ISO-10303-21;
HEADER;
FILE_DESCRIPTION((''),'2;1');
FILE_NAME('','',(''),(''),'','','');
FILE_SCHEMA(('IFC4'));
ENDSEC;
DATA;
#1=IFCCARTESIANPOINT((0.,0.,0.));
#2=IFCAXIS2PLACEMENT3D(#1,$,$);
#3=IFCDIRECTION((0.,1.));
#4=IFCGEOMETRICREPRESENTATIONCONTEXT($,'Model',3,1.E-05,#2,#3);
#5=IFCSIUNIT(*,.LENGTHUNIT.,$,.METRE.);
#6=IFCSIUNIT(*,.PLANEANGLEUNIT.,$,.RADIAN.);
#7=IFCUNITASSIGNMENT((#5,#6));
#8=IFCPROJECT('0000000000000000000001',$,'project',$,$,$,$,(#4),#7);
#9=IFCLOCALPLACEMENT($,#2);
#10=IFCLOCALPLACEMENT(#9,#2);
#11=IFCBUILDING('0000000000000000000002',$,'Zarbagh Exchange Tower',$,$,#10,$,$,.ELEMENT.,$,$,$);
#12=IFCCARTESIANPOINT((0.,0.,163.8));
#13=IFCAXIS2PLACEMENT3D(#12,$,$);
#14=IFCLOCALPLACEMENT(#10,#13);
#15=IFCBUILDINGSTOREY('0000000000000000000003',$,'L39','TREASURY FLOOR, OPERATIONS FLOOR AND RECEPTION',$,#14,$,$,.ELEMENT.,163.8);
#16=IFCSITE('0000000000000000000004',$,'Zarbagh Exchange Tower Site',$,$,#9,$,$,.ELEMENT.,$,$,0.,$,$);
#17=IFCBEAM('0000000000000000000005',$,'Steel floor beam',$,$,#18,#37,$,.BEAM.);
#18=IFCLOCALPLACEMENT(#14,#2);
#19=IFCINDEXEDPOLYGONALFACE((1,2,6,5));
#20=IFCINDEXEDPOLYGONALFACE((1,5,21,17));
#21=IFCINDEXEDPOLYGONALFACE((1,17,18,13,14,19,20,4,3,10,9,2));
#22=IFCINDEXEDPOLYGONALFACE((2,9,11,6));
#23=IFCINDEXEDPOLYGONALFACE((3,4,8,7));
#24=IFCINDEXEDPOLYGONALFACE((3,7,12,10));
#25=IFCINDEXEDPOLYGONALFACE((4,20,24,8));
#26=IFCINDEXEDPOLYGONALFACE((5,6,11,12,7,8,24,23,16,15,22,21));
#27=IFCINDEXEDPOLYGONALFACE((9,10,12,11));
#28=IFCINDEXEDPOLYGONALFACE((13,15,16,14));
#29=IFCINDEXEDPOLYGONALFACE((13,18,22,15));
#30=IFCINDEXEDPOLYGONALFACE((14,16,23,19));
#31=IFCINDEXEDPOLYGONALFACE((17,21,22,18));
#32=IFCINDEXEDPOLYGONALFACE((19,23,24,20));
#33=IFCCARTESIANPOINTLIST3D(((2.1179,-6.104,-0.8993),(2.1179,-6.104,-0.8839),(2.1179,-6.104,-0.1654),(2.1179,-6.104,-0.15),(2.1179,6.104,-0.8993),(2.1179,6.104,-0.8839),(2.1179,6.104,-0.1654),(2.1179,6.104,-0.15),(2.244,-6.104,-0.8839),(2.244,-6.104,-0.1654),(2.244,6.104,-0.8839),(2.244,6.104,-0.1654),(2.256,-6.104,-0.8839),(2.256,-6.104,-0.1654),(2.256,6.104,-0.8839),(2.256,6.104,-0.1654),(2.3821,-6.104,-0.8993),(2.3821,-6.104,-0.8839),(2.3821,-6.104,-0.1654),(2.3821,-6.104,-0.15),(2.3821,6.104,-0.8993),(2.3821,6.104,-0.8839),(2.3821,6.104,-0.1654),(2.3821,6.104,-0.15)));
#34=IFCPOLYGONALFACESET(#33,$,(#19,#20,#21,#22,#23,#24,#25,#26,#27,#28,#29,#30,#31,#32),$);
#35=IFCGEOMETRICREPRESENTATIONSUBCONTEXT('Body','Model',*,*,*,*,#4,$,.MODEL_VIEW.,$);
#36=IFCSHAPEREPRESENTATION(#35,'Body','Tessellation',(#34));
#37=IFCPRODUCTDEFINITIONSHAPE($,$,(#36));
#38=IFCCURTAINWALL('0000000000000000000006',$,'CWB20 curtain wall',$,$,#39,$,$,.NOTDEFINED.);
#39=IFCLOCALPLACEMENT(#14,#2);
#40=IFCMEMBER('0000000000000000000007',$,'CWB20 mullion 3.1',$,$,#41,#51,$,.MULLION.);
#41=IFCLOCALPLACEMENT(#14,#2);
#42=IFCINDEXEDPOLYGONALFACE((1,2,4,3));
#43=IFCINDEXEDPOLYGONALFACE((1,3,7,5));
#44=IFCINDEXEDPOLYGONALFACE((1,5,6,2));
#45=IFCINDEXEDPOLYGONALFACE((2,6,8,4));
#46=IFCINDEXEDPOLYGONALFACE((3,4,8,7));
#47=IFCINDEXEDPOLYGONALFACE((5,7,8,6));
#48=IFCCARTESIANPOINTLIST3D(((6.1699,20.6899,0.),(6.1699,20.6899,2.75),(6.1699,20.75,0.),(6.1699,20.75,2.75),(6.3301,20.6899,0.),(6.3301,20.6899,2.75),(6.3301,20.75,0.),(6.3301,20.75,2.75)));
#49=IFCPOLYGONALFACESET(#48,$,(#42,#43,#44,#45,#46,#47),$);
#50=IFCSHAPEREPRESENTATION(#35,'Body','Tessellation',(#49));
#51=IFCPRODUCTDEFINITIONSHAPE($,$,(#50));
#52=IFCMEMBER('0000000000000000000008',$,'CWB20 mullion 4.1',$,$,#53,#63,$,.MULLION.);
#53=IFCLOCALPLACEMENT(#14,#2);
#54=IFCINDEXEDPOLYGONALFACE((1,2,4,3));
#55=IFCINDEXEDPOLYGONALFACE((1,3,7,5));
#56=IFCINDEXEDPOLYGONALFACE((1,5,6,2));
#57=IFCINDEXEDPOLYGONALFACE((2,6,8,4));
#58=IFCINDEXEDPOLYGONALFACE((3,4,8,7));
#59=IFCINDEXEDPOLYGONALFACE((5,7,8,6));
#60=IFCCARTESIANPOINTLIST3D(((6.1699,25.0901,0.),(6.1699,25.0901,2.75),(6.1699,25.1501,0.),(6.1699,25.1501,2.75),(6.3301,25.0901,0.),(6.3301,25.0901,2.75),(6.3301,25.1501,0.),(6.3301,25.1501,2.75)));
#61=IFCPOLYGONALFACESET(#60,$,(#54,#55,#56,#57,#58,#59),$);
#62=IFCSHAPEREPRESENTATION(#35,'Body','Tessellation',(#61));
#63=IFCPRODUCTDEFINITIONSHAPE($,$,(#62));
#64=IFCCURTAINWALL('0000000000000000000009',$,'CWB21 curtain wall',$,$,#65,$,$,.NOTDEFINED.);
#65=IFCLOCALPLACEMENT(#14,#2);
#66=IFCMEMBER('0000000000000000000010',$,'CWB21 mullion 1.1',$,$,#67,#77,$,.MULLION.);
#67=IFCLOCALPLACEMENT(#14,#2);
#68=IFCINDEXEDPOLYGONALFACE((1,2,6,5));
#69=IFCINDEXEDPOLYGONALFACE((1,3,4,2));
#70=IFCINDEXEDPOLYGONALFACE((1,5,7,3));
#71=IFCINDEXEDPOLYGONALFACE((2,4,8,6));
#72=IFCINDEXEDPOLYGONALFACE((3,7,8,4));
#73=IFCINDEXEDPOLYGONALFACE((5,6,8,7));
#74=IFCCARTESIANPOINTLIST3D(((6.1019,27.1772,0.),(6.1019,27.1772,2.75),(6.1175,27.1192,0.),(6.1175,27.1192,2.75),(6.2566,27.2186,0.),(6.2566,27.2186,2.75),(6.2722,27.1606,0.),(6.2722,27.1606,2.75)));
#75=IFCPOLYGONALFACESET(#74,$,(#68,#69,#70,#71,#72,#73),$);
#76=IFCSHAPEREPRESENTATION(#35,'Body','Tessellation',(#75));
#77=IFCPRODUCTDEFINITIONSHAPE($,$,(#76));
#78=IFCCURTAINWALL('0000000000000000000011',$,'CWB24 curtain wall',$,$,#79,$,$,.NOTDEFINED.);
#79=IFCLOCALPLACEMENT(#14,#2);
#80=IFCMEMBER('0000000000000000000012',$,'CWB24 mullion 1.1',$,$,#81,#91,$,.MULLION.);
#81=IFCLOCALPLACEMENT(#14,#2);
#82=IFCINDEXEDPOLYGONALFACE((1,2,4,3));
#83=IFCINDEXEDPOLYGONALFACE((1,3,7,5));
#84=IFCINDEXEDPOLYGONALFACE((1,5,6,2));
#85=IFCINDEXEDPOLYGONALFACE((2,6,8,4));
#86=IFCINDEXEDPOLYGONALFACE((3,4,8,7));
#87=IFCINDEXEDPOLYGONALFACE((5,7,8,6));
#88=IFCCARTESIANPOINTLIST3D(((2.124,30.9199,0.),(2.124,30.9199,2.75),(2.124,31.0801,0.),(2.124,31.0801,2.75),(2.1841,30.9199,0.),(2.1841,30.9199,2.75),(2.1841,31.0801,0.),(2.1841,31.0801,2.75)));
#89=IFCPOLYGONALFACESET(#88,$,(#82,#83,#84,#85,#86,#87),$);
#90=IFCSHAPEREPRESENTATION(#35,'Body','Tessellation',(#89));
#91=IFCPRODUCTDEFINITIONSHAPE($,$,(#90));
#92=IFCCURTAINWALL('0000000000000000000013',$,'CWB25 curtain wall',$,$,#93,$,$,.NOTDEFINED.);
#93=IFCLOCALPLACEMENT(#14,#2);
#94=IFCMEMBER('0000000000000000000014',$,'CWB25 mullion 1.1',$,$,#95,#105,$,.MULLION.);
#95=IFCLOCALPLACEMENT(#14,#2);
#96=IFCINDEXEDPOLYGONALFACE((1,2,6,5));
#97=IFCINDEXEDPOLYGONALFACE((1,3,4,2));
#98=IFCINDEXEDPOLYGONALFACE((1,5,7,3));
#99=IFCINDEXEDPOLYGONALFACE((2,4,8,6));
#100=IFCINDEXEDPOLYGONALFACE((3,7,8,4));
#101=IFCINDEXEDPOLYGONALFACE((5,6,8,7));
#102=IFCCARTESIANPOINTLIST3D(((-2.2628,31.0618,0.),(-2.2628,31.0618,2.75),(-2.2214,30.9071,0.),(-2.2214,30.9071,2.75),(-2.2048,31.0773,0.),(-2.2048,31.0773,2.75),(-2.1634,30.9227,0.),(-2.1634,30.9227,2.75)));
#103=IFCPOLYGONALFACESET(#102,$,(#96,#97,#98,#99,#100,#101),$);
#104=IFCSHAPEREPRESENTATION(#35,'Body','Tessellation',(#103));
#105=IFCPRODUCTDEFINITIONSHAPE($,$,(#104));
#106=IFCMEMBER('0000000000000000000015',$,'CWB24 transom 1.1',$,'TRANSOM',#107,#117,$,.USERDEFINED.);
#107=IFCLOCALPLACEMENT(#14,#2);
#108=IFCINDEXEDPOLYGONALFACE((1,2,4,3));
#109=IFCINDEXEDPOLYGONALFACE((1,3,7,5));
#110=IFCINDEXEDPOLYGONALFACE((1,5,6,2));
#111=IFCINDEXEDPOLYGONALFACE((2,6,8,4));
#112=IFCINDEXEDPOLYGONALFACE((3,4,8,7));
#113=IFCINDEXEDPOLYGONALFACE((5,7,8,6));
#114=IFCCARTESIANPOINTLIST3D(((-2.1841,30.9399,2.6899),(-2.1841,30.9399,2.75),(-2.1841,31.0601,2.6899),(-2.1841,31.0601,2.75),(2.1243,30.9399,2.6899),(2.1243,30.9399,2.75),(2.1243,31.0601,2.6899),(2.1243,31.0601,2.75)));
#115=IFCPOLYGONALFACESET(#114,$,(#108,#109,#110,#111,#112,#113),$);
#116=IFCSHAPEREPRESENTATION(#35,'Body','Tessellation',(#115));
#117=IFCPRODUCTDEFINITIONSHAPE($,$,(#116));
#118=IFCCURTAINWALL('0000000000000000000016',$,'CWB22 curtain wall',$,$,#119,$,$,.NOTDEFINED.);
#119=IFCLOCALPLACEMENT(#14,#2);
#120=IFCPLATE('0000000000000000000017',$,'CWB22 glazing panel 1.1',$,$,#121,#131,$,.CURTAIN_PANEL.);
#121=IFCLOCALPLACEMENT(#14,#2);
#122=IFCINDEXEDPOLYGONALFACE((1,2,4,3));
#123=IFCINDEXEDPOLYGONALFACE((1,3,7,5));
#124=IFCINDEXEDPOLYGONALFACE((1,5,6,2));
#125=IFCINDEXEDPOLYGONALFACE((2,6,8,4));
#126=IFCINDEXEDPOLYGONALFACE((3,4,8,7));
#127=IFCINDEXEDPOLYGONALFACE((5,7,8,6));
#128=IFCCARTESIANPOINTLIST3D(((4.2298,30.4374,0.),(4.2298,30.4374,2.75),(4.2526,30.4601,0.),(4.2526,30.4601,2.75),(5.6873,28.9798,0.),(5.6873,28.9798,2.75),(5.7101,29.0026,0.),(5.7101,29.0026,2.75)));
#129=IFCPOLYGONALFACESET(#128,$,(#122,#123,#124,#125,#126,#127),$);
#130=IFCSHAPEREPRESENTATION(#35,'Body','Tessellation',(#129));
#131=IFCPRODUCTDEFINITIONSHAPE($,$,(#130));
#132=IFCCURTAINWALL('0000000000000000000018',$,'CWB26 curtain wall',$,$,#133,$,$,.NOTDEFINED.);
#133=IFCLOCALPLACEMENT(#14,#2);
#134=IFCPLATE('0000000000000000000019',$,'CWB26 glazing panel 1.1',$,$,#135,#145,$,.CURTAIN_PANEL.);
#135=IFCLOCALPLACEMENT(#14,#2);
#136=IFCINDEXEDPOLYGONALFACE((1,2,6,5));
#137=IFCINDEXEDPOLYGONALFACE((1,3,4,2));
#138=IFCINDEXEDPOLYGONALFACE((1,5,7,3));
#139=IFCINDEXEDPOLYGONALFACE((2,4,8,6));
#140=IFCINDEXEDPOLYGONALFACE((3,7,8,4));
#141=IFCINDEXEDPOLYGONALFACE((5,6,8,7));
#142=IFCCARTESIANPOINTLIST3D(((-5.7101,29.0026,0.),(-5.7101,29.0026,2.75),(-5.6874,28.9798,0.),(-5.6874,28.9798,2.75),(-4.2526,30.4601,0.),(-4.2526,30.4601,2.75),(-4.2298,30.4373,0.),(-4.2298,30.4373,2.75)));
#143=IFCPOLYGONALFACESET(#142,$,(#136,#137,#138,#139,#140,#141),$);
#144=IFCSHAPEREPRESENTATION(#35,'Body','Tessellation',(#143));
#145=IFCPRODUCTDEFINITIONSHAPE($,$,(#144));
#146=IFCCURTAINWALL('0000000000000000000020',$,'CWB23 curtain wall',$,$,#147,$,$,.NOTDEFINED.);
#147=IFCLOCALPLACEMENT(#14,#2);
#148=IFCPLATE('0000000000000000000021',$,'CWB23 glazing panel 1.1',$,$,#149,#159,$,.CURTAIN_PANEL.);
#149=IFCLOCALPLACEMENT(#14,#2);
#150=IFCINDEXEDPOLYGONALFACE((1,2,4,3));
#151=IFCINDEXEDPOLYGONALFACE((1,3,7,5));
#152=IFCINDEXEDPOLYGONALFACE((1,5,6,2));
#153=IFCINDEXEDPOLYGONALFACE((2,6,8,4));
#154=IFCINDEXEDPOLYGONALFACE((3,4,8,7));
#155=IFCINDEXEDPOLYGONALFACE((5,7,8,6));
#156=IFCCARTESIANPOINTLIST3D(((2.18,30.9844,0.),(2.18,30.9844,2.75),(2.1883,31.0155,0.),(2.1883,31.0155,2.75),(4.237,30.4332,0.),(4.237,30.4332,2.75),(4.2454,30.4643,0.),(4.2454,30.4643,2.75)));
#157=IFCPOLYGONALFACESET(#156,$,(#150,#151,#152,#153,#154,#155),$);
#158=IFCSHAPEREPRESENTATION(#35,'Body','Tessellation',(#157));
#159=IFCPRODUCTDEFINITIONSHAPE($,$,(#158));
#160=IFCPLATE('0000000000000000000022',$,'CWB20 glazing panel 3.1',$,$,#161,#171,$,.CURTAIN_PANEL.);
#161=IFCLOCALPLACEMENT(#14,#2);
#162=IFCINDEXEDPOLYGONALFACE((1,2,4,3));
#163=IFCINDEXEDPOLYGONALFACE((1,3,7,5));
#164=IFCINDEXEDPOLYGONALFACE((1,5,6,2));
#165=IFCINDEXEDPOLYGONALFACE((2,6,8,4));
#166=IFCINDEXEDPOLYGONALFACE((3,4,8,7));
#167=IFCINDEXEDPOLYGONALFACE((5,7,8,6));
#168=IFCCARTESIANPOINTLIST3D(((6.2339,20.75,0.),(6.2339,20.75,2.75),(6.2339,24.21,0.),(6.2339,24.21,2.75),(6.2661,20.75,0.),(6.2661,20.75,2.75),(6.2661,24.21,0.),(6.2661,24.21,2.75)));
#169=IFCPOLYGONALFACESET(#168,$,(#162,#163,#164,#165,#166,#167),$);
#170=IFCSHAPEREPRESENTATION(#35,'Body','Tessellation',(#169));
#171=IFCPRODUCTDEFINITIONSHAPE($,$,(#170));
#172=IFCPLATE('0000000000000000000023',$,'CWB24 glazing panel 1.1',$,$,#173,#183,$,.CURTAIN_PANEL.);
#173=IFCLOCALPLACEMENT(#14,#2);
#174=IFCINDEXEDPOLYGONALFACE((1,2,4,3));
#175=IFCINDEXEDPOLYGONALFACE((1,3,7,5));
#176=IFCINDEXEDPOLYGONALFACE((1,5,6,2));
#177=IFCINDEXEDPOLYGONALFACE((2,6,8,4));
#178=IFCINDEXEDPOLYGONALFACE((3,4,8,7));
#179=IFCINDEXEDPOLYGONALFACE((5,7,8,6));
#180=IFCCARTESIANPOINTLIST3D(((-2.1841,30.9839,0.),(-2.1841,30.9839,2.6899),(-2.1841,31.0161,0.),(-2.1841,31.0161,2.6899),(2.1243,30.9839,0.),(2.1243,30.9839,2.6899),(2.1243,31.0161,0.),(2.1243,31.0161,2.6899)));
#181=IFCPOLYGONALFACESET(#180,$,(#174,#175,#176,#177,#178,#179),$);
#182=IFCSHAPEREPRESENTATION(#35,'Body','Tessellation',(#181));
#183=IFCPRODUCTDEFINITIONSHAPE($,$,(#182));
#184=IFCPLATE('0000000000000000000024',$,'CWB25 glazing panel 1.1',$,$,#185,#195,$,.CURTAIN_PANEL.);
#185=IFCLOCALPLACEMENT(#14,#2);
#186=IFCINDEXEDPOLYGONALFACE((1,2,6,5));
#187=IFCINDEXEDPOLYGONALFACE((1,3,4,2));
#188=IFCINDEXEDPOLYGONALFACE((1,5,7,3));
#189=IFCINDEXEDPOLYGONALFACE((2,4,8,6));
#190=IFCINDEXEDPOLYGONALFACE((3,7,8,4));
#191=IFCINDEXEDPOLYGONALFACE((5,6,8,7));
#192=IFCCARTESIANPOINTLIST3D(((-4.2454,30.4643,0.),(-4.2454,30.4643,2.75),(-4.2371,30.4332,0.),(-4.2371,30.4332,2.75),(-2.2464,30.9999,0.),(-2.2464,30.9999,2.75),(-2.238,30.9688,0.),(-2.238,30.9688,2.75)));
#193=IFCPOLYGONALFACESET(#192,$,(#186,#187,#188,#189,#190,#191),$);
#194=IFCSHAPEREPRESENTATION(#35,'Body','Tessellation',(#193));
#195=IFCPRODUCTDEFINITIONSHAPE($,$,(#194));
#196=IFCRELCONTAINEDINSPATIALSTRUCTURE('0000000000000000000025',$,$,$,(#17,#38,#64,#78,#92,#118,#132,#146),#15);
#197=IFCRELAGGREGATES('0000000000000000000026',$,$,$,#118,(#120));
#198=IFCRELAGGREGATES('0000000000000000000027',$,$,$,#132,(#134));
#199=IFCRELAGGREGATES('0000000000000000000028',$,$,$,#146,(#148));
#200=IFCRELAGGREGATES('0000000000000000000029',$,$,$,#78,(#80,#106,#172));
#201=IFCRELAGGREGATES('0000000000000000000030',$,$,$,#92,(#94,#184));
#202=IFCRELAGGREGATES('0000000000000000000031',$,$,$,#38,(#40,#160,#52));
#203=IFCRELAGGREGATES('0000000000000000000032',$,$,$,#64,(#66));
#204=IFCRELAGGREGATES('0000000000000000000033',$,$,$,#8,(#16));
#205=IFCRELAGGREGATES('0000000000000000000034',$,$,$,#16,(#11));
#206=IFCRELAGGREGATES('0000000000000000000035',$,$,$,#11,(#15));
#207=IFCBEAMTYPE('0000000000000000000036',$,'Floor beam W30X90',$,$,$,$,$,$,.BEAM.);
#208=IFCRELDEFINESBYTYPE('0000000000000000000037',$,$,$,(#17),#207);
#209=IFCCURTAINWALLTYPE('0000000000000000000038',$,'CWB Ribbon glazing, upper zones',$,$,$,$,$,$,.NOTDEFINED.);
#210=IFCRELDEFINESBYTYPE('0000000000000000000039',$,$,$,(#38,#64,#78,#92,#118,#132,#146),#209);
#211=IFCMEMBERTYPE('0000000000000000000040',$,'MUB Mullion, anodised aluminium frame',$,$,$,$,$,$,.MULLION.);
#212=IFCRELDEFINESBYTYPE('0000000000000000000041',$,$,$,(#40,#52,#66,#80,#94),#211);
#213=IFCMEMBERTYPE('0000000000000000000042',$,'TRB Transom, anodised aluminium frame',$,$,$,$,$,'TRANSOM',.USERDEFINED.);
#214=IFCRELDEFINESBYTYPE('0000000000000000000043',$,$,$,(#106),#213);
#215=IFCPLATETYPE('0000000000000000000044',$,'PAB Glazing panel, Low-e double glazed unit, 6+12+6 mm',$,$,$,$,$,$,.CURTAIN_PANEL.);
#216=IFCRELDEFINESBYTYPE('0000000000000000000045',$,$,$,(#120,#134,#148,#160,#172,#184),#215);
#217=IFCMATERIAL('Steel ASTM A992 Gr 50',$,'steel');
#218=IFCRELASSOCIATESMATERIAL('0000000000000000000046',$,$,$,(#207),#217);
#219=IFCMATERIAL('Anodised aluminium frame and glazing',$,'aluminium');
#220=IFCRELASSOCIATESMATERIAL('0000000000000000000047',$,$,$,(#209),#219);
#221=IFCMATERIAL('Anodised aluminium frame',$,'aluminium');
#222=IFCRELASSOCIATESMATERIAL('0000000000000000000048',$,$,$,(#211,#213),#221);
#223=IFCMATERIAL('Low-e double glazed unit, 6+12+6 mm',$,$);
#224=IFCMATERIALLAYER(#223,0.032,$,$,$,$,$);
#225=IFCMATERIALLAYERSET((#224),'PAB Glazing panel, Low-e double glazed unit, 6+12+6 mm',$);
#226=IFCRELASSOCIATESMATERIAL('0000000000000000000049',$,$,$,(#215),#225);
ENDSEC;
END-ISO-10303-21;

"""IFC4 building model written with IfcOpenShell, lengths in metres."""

from ifc_helpers import new_model, si_unit, direction, frame, origin, origin_2d, place, context, subcontext, project, spatial, polyline, i_section, outline, extrude, source, transform, mapped, material, layer, layer_set, material_profile, profile_set, type_object, element, aggregate, save


model = new_model("IFC4")

# Units and contexts
model_context = context("Model", 3, precision=1e-05, world=origin(), true_north=direction((0.0, 1.0)))
body_context = subcontext(model_context, "Body", "Model", "MODEL_VIEW")
ifc_project = project(units=[si_unit("LENGTHUNIT", "METRE"), si_unit("PLANEANGLEUNIT", "RADIAN")], contexts=[model_context])

# Site, building, storey
site_placement = place(None, origin())
site = spatial("IfcSite", under=ifc_project, at=site_placement, Name="Zarbagh Exchange Tower Site", CompositionType="ELEMENT", RefElevation=0.0)
building_placement = place(site_placement, origin())
building = spatial("IfcBuilding", under=site, at=building_placement, Name="Zarbagh Exchange Tower", CompositionType="ELEMENT")
storey_placement = place(building_placement, frame((0.0, 0.0, 163.8)))
storey = spatial("IfcBuildingStorey", under=building, at=storey_placement, Name="L39", Description="TREASURY FLOOR, OPERATIONS FLOOR AND RECEPTION", CompositionType="ELEMENT", Elevation=163.8)

# Beam
ifc_material_1 = material(Name="Steel ASTM A992 Gr 50", Category="steel")
ifc_material_profile = material_profile(ifc_material_1, i_section(OverallWidth=0.2642, OverallDepth=0.7493, WebThickness=0.012, FlangeThickness=0.0154, at=origin_2d()), Name="W30X90")
ifc_profile_set = profile_set([ifc_material_profile], Name="Steel ASTM A992 Gr 50")
beam_type = type_object("IfcBeamType", Name="Floor beam W30X90", PredefinedType="BEAM", material=ifc_profile_set)
beam_placement = place(storey_placement, frame((2.25, -6.104, -0.5247), z_axis=(0.0, 1.0, 0.0), x_axis=(-1.0, 0.0, 0.0)))
element("IfcBeam", 1, at=beam_placement, inside=storey, type_object=beam_type, Name="Steel floor beam", PredefinedType="BEAM", context=body_context, shape_type="SweptSolid", body=[
    extrude(i_section(OverallWidth=0.2642, OverallDepth=0.7493, WebThickness=0.012, FlangeThickness=0.0154, at=origin_2d()), origin(), (0.0, 0.0, 1.0), 12.208),
])

# Curtain wall, members
ifc_material_2 = material(Name="Anodised aluminium frame and glazing", Category="aluminium")
curtain_wall_type = type_object("IfcCurtainWallType", Name="CWB Ribbon glazing, upper zones", PredefinedType="NOTDEFINED", material=ifc_material_2)
curtain_wall_1_placement = place(storey_placement, origin())
curtain_wall_1 = element("IfcCurtainWall", 2, at=curtain_wall_1_placement, inside=storey, type_object=curtain_wall_type, Name="CWB20 curtain wall", PredefinedType="NOTDEFINED")
ifc_material_3 = material(Name="Anodised aluminium frame", Category="aluminium")
member_type_1 = type_object("IfcMemberType", Name="MUB Mullion, anodised aluminium frame", PredefinedType="MULLION", material=ifc_material_3)
shared_shape_1 = source(origin(), body_context, "Body", "SweptSolid", [
    extrude(outline(polyline([(0.0, -0.0801), (0.0601, -0.0801), (0.0601, 0.0801), (0.0, 0.0801), (0.0, -0.0801)])), origin(), (0.0, 0.0, 1.0), 2.75),
])
placement = place(storey_placement, origin())
member_1 = element("IfcMember", 3, at=placement, type_object=member_type_1, Name="CWB20 mullion 3.1", PredefinedType="MULLION", context=body_context, shape_type="MappedRepresentation", body=[
    mapped(shared_shape_1, transform((6.25, 20.6899, 0.0), x_axis=(0.0, 1.0, 0.0), y_axis=(-1.0, 0.0, 0.0), z_axis=(0.0, 0.0, 1.0))),
])
member_2 = element("IfcMember", 4, at=placement, type_object=member_type_1, Name="CWB20 mullion 4.1", PredefinedType="MULLION", context=body_context, shape_type="MappedRepresentation", body=[
    mapped(shared_shape_1, transform((6.25, 25.0901, 0.0), x_axis=(0.0, 1.0, 0.0), y_axis=(-1.0, 0.0, 0.0), z_axis=(0.0, 0.0, 1.0))),
])

# Curtain walls, members
curtain_wall_2_placement = place(storey_placement, origin())
curtain_wall_2 = element("IfcCurtainWall", 5, at=curtain_wall_2_placement, inside=storey, type_object=curtain_wall_type, Name="CWB21 curtain wall", PredefinedType="NOTDEFINED")
member_3 = element("IfcMember", 6, at=placement, type_object=member_type_1, Name="CWB21 mullion 1.1", PredefinedType="MULLION", context=body_context, shape_type="MappedRepresentation", body=[
    mapped(shared_shape_1, transform((6.1948, 27.1399, 0.0), x_axis=(-0.258825, 0.965924, 0.0), y_axis=(-0.965924, -0.258825, 0.0), z_axis=(0.0, 0.0, 1.0))),
])
curtain_wall_3_placement = place(storey_placement, origin())
curtain_wall_3 = element("IfcCurtainWall", 7, at=curtain_wall_3_placement, inside=storey, type_object=curtain_wall_type, Name="CWB24 curtain wall", PredefinedType="NOTDEFINED")
member_4 = element("IfcMember", 8, at=placement, type_object=member_type_1, Name="CWB24 mullion 1.1", PredefinedType="MULLION", context=body_context, shape_type="MappedRepresentation", body=[
    mapped(shared_shape_1, transform((2.1841, 31.0, 0.0), x_axis=(-1.0, 0.0, 0.0), y_axis=(0.0, -1.0, 0.0), z_axis=(0.0, 0.0, 1.0))),
])
curtain_wall_4_placement = place(storey_placement, origin())
curtain_wall_4 = element("IfcCurtainWall", 9, at=curtain_wall_4_placement, inside=storey, type_object=curtain_wall_type, Name="CWB25 curtain wall", PredefinedType="NOTDEFINED")
member_5 = element("IfcMember", 10, at=placement, type_object=member_type_1, Name="CWB25 mullion 1.1", PredefinedType="MULLION", context=body_context, shape_type="MappedRepresentation", body=[
    mapped(shared_shape_1, transform((-2.1841, 31.0, 0.0), x_axis=(-0.965924, -0.258825, 0.0), y_axis=(0.258825, -0.965924, 0.0), z_axis=(0.0, 0.0, 1.0))),
])

# Member
member_type_2 = type_object("IfcMemberType", Name="TRB Transom, anodised aluminium frame", ElementType="TRANSOM", PredefinedType="USERDEFINED", material=ifc_material_3)
shared_shape_2 = source(origin(), body_context, "Body", "SweptSolid", [
    extrude(outline(polyline([(-0.0601, -0.0601), (0.0, -0.0601), (0.0, 0.0601), (-0.0601, 0.0601), (-0.0601, -0.0601)])), origin(), (0.0, 0.0, 1.0), 4.3083),
])
member_6 = element("IfcMember", 11, at=placement, type_object=member_type_2, Name="CWB24 transom 1.1", ObjectType="TRANSOM", PredefinedType="USERDEFINED", context=body_context, shape_type="MappedRepresentation", body=[
    mapped(shared_shape_2, transform((2.1243, 31.0, 2.75), x_axis=(0.0, 0.0, 1.0), y_axis=(0.0, 1.0, 0.0), z_axis=(-1.0, 0.0, 0.0))),
])

# Curtain walls, plates
curtain_wall_5_placement = place(storey_placement, origin())
curtain_wall_5 = element("IfcCurtainWall", 12, at=curtain_wall_5_placement, inside=storey, type_object=curtain_wall_type, Name="CWB22 curtain wall", PredefinedType="NOTDEFINED")
ifc_material_4 = material(Name="Low-e double glazed unit, 6+12+6 mm")
ifc_layer_1 = layer(ifc_material_4, 0.032)
ifc_layer_set_1 = layer_set([ifc_layer_1], Name="PAB Glazing panel, Low-e double glazed unit, 6+12+6 mm")
plate_type = type_object("IfcPlateType", Name="PAB Glazing panel, Low-e double glazed unit, 6+12+6 mm", PredefinedType="CURTAIN_PANEL", material=ifc_layer_set_1)
shared_shape_3 = source(origin(), body_context, "Body", "SweptSolid", [
    extrude(outline(polyline([(0.0, -0.0161), (2.0613, -0.0161), (2.0613, 0.0161), (0.0, 0.0161), (0.0, -0.0161)])), origin(), (0.0, 0.0, 1.0), 2.75),
])
plate_1 = element("IfcPlate", 13, at=placement, type_object=plate_type, Name="CWB22 glazing panel 1.1", PredefinedType="CURTAIN_PANEL", context=body_context, shape_type="MappedRepresentation", body=[
    mapped(shared_shape_3, transform((5.6987, 28.9912, 0.0), x_axis=(-0.707107, 0.707107, 0.0), y_axis=(-0.707107, -0.707107, 0.0), z_axis=(0.0, 0.0, 1.0))),
])
aggregate(curtain_wall_5, [plate_1])
curtain_wall_6_placement = place(storey_placement, origin())
curtain_wall_6 = element("IfcCurtainWall", 14, at=curtain_wall_6_placement, inside=storey, type_object=curtain_wall_type, Name="CWB26 curtain wall", PredefinedType="NOTDEFINED")
plate_2 = element("IfcPlate", 15, at=placement, type_object=plate_type, Name="CWB26 glazing panel 1.1", PredefinedType="CURTAIN_PANEL", context=body_context, shape_type="MappedRepresentation", body=[
    mapped(shared_shape_3, transform((-4.2412, 30.4487, 0.0), x_axis=(-0.707107, -0.707107, 0.0), y_axis=(0.707107, -0.707107, 0.0), z_axis=(0.0, 0.0, 1.0))),
])
aggregate(curtain_wall_6, [plate_2])
curtain_wall_7_placement = place(storey_placement, origin())
curtain_wall_7 = element("IfcCurtainWall", 16, at=curtain_wall_7_placement, inside=storey, type_object=curtain_wall_type, Name="CWB23 curtain wall", PredefinedType="NOTDEFINED")
shared_shape_4 = source(origin(), body_context, "Body", "SweptSolid", [
    extrude(outline(polyline([(0.0, -0.0161), (2.1296, -0.0161), (2.1296, 0.0161), (0.0, 0.0161), (0.0, -0.0161)])), origin(), (0.0, 0.0, 1.0), 2.75),
])
plate_3 = element("IfcPlate", 17, at=placement, type_object=plate_type, Name="CWB23 glazing panel 1.1", PredefinedType="CURTAIN_PANEL", context=body_context, shape_type="MappedRepresentation", body=[
    mapped(shared_shape_4, transform((4.2412, 30.4487, 0.0), x_axis=(-0.965924, 0.258825, 0.0), y_axis=(-0.258825, -0.965924, 0.0), z_axis=(0.0, 0.0, 1.0))),
])
aggregate(curtain_wall_7, [plate_3])

# Plates
shared_shape_5 = source(origin(), body_context, "Body", "SweptSolid", [
    extrude(outline(polyline([(0.0, -0.0161), (3.46, -0.0161), (3.46, 0.0161), (0.0, 0.0161), (0.0, -0.0161)])), origin(), (0.0, 0.0, 1.0), 2.75),
])
plate_4 = element("IfcPlate", 18, at=placement, type_object=plate_type, Name="CWB20 glazing panel 3.1", PredefinedType="CURTAIN_PANEL", context=body_context, shape_type="MappedRepresentation", body=[
    mapped(shared_shape_5, transform((6.25, 20.75, 0.0), x_axis=(0.0, 1.0, 0.0), y_axis=(-1.0, 0.0, 0.0), z_axis=(0.0, 0.0, 1.0))),
])
shared_shape_6 = source(origin(), body_context, "Body", "SweptSolid", [
    extrude(outline(polyline([(0.0, -0.0161), (4.3083, -0.0161), (4.3083, 0.0161), (0.0, 0.0161), (0.0, -0.0161)])), origin(), (0.0, 0.0, 1.0), 2.6899),
])
plate_5 = element("IfcPlate", 19, at=placement, type_object=plate_type, Name="CWB24 glazing panel 1.1", PredefinedType="CURTAIN_PANEL", context=body_context, shape_type="MappedRepresentation", body=[
    mapped(shared_shape_6, transform((2.1243, 31.0, 0.0), x_axis=(-1.0, 0.0, 0.0), y_axis=(0.0, -1.0, 0.0), z_axis=(0.0, 0.0, 1.0))),
])
aggregate(curtain_wall_3, [member_4, member_6, plate_5])
shared_shape_7 = source(origin(), body_context, "Body", "SweptSolid", [
    extrude(outline(polyline([(0.0, -0.0161), (2.0696, -0.0161), (2.0696, 0.0161), (0.0, 0.0161), (0.0, -0.0161)])), origin(), (0.0, 0.0, 1.0), 2.75),
])
plate_6 = element("IfcPlate", 20, at=placement, type_object=plate_type, Name="CWB25 glazing panel 1.1", PredefinedType="CURTAIN_PANEL", context=body_context, shape_type="MappedRepresentation", body=[
    mapped(shared_shape_7, transform((-2.2422, 30.9844, 0.0), x_axis=(-0.965924, -0.258825, 0.0), y_axis=(0.258825, -0.965924, 0.0), z_axis=(0.0, 0.0, 1.0))),
])
aggregate(curtain_wall_4, [member_5, plate_6])
aggregate(curtain_wall_1, [member_1, plate_4, member_2])
aggregate(curtain_wall_2, [member_3])

save(model, "model.ifc")
